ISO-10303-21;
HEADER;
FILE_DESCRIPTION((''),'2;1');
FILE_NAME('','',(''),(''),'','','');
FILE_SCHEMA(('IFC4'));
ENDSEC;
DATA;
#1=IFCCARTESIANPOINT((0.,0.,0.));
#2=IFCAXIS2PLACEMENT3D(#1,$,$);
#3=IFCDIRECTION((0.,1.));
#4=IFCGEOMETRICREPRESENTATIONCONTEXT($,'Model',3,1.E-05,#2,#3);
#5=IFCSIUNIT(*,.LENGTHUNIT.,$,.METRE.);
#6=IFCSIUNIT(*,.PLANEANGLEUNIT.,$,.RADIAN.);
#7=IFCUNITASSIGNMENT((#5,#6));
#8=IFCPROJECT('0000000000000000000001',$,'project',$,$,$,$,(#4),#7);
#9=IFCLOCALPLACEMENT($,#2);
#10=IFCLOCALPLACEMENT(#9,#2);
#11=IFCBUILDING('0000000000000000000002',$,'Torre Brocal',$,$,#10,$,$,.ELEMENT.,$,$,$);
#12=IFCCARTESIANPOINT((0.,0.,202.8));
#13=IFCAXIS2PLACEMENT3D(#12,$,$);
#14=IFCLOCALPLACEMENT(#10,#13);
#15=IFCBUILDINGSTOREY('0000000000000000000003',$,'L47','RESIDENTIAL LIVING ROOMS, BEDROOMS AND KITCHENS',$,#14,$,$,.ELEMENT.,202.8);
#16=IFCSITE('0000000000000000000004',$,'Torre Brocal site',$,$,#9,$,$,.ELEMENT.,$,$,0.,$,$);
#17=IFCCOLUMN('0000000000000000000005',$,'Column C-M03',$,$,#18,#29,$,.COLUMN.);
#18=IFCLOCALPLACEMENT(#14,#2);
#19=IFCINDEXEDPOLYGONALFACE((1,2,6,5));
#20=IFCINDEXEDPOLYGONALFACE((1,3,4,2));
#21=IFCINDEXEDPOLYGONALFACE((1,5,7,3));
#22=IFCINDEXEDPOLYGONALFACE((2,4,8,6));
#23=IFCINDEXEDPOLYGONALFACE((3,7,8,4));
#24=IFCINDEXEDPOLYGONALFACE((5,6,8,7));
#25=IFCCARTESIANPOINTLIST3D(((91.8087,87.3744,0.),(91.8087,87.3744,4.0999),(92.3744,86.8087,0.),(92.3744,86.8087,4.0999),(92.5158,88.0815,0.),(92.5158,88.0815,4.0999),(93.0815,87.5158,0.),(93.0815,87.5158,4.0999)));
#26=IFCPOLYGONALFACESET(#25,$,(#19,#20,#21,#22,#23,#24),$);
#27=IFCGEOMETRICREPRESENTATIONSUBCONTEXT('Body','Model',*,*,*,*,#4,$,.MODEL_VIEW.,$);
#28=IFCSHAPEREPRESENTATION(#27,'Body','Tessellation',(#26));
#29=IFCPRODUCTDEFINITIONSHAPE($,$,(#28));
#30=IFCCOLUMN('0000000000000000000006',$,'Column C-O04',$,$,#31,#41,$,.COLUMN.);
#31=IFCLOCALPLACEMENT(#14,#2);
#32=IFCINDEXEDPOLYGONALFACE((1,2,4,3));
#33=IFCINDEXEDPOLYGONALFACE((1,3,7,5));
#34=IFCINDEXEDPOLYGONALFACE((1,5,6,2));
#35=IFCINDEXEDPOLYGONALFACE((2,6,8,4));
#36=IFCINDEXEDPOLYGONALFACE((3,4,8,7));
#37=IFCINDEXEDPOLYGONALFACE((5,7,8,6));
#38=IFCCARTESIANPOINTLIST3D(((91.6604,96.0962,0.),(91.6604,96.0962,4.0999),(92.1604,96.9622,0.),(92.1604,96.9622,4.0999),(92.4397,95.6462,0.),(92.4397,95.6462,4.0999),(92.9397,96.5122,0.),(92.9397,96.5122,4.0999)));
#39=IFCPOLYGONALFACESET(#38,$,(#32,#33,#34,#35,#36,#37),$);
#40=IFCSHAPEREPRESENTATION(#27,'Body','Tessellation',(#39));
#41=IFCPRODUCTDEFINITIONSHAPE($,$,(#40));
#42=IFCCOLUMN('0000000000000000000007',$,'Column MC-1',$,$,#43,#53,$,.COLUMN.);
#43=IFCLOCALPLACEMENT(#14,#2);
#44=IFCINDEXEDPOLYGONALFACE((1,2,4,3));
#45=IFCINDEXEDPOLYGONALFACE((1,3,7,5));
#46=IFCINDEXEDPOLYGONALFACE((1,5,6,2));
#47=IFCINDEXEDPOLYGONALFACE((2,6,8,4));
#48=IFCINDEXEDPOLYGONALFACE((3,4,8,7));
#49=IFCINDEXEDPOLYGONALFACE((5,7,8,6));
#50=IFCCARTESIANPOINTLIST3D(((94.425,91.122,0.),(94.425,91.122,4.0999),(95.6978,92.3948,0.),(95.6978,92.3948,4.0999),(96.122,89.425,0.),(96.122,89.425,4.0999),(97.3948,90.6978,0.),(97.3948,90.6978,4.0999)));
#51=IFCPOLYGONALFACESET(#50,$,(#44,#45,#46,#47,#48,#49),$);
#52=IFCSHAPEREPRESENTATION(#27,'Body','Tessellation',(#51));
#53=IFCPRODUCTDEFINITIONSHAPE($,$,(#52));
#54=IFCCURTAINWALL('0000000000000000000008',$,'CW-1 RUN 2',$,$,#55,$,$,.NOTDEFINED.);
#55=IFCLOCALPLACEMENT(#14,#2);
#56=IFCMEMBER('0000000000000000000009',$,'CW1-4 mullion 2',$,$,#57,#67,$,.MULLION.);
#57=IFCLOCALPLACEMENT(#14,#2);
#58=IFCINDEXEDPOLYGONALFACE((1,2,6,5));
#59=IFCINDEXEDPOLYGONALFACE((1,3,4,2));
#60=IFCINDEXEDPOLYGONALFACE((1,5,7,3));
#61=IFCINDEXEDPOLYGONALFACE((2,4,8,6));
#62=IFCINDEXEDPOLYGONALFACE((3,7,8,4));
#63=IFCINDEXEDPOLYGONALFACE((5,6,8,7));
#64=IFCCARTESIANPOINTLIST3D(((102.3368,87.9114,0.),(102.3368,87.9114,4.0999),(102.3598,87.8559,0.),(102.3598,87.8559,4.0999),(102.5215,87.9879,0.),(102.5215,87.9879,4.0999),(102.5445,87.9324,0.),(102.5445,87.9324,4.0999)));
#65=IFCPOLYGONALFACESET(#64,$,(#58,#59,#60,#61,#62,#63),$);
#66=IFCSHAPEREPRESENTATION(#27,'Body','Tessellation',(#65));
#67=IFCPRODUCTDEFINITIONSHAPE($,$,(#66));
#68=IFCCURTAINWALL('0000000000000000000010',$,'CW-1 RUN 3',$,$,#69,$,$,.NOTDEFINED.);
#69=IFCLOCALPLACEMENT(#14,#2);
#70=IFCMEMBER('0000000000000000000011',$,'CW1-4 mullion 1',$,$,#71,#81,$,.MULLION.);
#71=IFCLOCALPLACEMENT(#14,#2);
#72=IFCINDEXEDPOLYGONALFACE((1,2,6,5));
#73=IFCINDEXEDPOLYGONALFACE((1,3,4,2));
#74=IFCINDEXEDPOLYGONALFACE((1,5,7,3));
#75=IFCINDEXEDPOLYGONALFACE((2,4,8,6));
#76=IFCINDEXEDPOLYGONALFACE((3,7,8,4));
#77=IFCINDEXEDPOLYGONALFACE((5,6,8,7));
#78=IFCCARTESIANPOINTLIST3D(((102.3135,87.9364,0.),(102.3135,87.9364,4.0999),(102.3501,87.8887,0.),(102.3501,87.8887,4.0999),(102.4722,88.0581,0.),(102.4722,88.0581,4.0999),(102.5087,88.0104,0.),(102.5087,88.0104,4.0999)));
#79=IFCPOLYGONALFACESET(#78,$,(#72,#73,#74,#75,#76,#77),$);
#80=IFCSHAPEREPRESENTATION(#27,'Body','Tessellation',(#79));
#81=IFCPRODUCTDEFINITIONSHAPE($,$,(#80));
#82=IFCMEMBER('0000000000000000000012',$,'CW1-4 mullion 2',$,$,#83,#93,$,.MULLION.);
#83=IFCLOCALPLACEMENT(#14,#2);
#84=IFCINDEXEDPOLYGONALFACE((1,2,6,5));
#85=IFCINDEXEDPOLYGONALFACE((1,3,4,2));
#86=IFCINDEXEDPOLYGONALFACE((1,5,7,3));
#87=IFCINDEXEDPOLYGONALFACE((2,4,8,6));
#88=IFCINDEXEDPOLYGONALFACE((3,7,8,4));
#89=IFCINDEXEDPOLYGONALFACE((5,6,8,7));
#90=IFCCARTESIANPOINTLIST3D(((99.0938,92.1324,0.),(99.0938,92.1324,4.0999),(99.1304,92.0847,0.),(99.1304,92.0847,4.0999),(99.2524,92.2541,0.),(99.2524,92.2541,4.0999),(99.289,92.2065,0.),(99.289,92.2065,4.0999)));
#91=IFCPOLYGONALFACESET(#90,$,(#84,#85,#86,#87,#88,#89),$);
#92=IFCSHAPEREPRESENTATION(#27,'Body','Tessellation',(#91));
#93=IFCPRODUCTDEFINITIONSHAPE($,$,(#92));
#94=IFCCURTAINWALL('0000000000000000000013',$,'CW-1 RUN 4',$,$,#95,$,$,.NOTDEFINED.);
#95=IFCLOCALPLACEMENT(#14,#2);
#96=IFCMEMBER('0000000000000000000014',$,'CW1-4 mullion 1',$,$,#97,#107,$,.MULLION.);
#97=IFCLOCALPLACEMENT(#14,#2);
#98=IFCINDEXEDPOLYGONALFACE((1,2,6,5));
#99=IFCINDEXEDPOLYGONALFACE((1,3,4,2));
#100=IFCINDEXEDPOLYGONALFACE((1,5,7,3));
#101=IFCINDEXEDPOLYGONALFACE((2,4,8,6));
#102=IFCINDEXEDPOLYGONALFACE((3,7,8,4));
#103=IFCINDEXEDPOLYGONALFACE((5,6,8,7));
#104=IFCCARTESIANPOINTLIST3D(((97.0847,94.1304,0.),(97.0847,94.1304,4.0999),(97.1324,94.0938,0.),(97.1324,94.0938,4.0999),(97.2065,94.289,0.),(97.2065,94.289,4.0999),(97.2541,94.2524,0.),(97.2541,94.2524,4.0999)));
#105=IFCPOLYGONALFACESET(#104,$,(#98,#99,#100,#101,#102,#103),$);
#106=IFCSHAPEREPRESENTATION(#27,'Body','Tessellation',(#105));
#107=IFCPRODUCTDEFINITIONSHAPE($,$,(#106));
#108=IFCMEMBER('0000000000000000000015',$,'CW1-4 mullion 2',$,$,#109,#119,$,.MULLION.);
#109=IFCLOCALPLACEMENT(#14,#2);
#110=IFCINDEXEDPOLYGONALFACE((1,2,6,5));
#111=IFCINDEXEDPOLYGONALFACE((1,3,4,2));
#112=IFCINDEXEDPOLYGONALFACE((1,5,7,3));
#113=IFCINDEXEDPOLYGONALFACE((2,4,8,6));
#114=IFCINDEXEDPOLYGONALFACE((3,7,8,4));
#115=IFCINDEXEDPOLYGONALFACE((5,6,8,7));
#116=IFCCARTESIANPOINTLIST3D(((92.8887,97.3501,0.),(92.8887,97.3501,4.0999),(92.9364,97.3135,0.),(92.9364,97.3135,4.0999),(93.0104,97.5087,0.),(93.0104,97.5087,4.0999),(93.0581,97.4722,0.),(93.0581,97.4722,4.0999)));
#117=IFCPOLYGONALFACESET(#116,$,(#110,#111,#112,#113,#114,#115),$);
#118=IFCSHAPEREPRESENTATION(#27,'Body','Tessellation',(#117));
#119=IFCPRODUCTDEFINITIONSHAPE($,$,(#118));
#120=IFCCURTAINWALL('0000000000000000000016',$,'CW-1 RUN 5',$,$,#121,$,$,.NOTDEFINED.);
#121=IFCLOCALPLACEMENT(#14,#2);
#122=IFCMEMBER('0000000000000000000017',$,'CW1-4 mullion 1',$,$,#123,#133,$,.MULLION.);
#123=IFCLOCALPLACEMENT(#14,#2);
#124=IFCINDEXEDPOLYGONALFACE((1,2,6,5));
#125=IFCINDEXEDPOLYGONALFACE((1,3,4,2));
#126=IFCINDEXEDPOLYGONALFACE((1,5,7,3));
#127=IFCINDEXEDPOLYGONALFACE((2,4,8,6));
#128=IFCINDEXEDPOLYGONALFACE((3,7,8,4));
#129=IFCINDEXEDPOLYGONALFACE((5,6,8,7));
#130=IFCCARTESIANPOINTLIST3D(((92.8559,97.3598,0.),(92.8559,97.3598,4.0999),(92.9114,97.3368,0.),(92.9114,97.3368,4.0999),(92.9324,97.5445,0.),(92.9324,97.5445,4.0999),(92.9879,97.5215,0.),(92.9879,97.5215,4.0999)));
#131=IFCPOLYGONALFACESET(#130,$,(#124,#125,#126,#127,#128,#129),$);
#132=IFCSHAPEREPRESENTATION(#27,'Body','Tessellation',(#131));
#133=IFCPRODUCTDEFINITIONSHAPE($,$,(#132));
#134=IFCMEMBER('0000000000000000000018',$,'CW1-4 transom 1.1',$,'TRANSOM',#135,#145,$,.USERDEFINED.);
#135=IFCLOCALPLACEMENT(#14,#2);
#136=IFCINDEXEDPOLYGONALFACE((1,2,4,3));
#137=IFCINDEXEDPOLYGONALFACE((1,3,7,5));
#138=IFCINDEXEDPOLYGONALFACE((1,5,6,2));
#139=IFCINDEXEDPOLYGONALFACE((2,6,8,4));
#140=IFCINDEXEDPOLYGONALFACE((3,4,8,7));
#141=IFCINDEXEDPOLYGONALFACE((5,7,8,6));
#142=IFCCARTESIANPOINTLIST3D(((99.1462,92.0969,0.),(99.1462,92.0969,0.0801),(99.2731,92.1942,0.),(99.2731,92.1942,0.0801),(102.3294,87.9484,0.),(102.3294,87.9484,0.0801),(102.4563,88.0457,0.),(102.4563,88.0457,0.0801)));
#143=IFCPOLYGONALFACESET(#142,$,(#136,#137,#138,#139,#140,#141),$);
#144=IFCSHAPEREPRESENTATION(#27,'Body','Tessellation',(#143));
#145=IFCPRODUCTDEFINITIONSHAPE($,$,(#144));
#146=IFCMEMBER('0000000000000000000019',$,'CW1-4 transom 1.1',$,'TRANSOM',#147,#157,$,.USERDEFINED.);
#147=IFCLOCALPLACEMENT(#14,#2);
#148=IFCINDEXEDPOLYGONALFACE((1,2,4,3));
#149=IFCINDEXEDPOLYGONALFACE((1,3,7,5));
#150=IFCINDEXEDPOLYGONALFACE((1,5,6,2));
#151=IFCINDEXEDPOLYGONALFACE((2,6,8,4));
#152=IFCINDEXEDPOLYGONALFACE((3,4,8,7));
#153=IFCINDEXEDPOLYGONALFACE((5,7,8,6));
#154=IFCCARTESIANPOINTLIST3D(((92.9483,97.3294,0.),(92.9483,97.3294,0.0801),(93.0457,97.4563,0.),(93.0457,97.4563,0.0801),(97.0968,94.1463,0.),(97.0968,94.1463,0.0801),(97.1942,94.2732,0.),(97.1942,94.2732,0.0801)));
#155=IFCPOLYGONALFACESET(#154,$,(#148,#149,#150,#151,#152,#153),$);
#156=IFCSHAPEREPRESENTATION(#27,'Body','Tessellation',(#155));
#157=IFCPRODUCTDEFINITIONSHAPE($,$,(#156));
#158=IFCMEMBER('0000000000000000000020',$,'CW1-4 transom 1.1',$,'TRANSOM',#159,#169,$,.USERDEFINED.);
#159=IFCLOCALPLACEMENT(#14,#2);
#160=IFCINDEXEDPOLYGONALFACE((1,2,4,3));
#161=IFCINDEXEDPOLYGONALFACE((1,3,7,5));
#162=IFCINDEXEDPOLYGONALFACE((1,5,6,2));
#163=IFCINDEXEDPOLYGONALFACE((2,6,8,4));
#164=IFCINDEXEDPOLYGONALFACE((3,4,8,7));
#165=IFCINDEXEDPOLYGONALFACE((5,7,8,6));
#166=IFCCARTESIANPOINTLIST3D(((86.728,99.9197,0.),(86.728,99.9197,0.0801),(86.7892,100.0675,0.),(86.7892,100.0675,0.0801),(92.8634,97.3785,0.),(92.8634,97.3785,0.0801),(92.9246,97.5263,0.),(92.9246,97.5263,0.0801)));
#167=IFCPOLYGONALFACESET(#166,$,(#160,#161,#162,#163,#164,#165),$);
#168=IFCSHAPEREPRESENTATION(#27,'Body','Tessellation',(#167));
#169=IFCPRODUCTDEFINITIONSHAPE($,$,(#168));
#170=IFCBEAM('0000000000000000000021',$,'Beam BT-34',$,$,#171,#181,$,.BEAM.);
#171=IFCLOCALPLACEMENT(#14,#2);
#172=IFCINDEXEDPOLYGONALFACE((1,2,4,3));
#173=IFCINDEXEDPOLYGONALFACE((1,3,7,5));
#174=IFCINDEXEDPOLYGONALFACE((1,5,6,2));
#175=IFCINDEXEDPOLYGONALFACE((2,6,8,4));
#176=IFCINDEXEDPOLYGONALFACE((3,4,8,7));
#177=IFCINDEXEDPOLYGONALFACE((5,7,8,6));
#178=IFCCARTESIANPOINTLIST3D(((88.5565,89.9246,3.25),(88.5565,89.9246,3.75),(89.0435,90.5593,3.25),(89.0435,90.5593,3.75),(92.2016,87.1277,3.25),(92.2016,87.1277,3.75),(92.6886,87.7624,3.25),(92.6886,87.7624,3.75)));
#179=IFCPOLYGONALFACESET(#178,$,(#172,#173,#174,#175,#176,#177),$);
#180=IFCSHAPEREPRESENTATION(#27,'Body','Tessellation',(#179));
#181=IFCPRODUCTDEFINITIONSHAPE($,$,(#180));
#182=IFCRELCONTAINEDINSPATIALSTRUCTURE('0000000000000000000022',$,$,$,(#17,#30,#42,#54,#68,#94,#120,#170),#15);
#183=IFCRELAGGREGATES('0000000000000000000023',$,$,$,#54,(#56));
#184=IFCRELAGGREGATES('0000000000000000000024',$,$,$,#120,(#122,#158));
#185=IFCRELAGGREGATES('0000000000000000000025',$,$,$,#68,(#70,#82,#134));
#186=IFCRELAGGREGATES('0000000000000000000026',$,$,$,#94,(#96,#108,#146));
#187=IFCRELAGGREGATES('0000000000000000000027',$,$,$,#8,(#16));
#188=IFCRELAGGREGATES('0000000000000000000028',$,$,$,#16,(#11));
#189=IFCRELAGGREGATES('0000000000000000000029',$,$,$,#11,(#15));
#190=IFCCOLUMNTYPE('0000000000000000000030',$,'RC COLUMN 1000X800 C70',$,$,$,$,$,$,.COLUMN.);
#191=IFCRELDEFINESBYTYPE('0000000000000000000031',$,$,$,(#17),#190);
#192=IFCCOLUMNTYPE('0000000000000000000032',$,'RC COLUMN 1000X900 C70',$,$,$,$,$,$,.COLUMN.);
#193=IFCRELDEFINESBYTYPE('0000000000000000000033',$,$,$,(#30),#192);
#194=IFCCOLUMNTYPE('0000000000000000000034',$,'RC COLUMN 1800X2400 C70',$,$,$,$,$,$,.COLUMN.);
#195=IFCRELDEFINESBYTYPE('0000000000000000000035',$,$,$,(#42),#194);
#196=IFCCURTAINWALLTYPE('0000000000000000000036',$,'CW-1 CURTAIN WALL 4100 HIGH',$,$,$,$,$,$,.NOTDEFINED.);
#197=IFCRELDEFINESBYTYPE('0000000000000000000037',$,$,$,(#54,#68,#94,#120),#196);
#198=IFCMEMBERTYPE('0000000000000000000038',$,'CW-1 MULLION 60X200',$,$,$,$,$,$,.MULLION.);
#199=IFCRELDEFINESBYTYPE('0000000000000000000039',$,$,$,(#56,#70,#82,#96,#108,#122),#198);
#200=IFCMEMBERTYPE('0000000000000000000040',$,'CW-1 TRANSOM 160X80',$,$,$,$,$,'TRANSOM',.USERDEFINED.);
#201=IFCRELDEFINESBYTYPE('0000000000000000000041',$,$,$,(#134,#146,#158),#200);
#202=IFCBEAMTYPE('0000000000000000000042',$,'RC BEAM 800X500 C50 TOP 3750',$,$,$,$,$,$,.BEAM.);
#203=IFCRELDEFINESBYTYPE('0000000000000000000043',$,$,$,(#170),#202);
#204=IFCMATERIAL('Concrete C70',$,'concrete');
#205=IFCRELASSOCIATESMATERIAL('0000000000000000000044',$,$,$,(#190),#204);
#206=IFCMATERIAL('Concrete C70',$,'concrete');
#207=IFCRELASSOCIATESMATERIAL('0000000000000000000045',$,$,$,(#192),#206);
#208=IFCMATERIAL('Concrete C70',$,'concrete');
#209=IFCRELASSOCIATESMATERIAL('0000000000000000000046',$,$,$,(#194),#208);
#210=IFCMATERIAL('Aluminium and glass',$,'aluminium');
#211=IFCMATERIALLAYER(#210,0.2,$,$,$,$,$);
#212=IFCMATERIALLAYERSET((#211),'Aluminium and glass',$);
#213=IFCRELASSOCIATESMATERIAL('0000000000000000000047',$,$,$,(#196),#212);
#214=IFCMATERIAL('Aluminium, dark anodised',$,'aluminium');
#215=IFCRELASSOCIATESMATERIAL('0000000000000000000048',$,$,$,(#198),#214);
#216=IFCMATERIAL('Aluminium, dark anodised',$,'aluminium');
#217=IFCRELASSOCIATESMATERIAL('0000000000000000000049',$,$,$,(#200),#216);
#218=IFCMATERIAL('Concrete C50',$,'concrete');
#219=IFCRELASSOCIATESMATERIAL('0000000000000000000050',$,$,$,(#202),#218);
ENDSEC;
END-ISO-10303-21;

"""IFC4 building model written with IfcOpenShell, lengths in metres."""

from ifc_helpers import new_model, si_unit, direction, frame, origin, origin_2d, place, context, subcontext, project, spatial, rectangle, extrude, material, layer, layer_set, material_profile, profile_set, type_object, element, aggregate, save


model = new_model("IFC4")

# Units and contexts
model_context = context("Model", 3, precision=1e-05, world=origin(), true_north=direction((0.0, 1.0)))
body_context = subcontext(model_context, "Body", "Model", "MODEL_VIEW")
ifc_project = project(units=[si_unit("LENGTHUNIT", "METRE"), si_unit("PLANEANGLEUNIT", "RADIAN")], contexts=[model_context])

# Site, building, storey
site_placement = place(None, origin())
site = spatial("IfcSite", under=ifc_project, at=site_placement, Name="Torre Brocal site", CompositionType="ELEMENT", RefElevation=0.0)
building_placement = place(site_placement, origin())
building = spatial("IfcBuilding", under=site, at=building_placement, Name="Torre Brocal", CompositionType="ELEMENT")
storey_placement = place(building_placement, frame((0.0, 0.0, 202.8)))
storey = spatial("IfcBuildingStorey", under=building, at=storey_placement, Name="L47", Description="RESIDENTIAL LIVING ROOMS, BEDROOMS AND KITCHENS", CompositionType="ELEMENT", Elevation=202.8)

# Columns
ifc_material_1 = material(Name="Concrete C70", Category="concrete")
ifc_material_profile_1 = material_profile(ifc_material_1, rectangle(XDim=1.0, YDim=0.8, at=origin_2d()), Name="RC 1000X800")
ifc_profile_set_1 = profile_set([ifc_material_profile_1], Name="Concrete C70")
column_type_1 = type_object("IfcColumnType", Name="RC COLUMN 1000X800 C70", PredefinedType="COLUMN", material=ifc_profile_set_1)
column_1_placement = place(storey_placement, frame((92.4451, 87.4451, 0.0), z_axis=(0.0, 0.0, 1.0), x_axis=(0.707107, 0.707107, 0.0)))
element("IfcColumn", 1, at=column_1_placement, inside=storey, type_object=column_type_1, Name="Column C-M03", PredefinedType="COLUMN", context=body_context, shape_type="SweptSolid", body=[
    extrude(rectangle(XDim=1.0, YDim=0.8, at=origin_2d()), origin(), (0.0, 0.0, 1.0), 4.0999),
])
ifc_material_2 = material(Name="Concrete C70", Category="concrete")
ifc_material_profile_2 = material_profile(ifc_material_2, rectangle(XDim=1.0, YDim=0.8999, at=origin_2d()), Name="RC 1000X900")
ifc_profile_set_2 = profile_set([ifc_material_profile_2], Name="Concrete C70")
column_type_2 = type_object("IfcColumnType", Name="RC COLUMN 1000X900 C70", PredefinedType="COLUMN", material=ifc_profile_set_2)
column_2_placement = place(storey_placement, frame((92.3, 96.3042, 0.0), z_axis=(0.0, 0.0, 1.0), x_axis=(0.5, 0.866025, 0.0)))
element("IfcColumn", 2, at=column_2_placement, inside=storey, type_object=column_type_2, Name="Column C-O04", PredefinedType="COLUMN", context=body_context, shape_type="SweptSolid", body=[
    extrude(rectangle(XDim=1.0, YDim=0.8999, at=origin_2d()), origin(), (0.0, 0.0, 1.0), 4.0999),
])
ifc_material_3 = material(Name="Concrete C70", Category="concrete")
ifc_material_profile_3 = material_profile(ifc_material_3, rectangle(XDim=1.8, YDim=2.3999, at=origin_2d()), Name="RC 1800X2400")
ifc_profile_set_3 = profile_set([ifc_material_profile_3], Name="Concrete C70")
column_type_3 = type_object("IfcColumnType", Name="RC COLUMN 1800X2400 C70", PredefinedType="COLUMN", material=ifc_profile_set_3)
column_3_placement = place(storey_placement, frame((95.9099, 90.9099, 0.0), z_axis=(0.0, 0.0, 1.0), x_axis=(0.707107, 0.707107, 0.0)))
element("IfcColumn", 3, at=column_3_placement, inside=storey, type_object=column_type_3, Name="Column MC-1", PredefinedType="COLUMN", context=body_context, shape_type="SweptSolid", body=[
    extrude(rectangle(XDim=1.8, YDim=2.3999, at=origin_2d()), origin(), (0.0, 0.0, 1.0), 4.0999),
])

# Curtain wall, member
ifc_material_4 = material(Name="Aluminium and glass", Category="aluminium")
ifc_layer_1 = layer(ifc_material_4, 0.2)
ifc_layer_set_1 = layer_set([ifc_layer_1], Name="Aluminium and glass")
curtain_wall_type = type_object("IfcCurtainWallType", Name="CW-1 CURTAIN WALL 4100 HIGH", PredefinedType="NOTDEFINED", material=ifc_layer_set_1)
curtain_wall_1_placement = place(storey_placement, origin())
curtain_wall_1 = element("IfcCurtainWall", 4, at=curtain_wall_1_placement, inside=storey, type_object=curtain_wall_type, Name="CW-1 RUN 2", PredefinedType="NOTDEFINED")
ifc_material_5 = material(Name="Aluminium, dark anodised", Category="aluminium")
ifc_material_profile_4 = material_profile(ifc_material_5, rectangle(XDim=0.2, YDim=0.0601, at=origin_2d()), Name="CW-1 MULLION 60X200")
ifc_profile_set_4 = profile_set([ifc_material_profile_4], Name="Aluminium, dark anodised")
member_type_1 = type_object("IfcMemberType", Name="CW-1 MULLION 60X200", PredefinedType="MULLION", material=ifc_profile_set_4)
member_1_placement = place(storey_placement, frame((102.4407, 87.9219, 0.0), z_axis=(0.0, 0.0, 1.0), x_axis=(-0.92388, -0.382683, 0.0)))
member_1 = element("IfcMember", 5, at=member_1_placement, type_object=member_type_1, Name="CW1-4 mullion 2", PredefinedType="MULLION", context=body_context, shape_type="SweptSolid", body=[
    extrude(rectangle(XDim=0.2, YDim=0.0601, at=origin_2d()), origin(), (0.0, 0.0, 1.0), 4.0999),
])
aggregate(curtain_wall_1, [member_1])

# Curtain walls, members
curtain_wall_2_placement = place(storey_placement, origin())
curtain_wall_2 = element("IfcCurtainWall", 6, at=curtain_wall_2_placement, inside=storey, type_object=curtain_wall_type, Name="CW-1 RUN 3", PredefinedType="NOTDEFINED")
member_2_placement = place(storey_placement, frame((102.4111, 87.9734, 0.0), z_axis=(0.0, 0.0, 1.0), x_axis=(-0.793353, -0.608761, 0.0)))
member_2 = element("IfcMember", 7, at=member_2_placement, type_object=member_type_1, Name="CW1-4 mullion 1", PredefinedType="MULLION", context=body_context, shape_type="SweptSolid", body=[
    extrude(rectangle(XDim=0.2, YDim=0.0601, at=origin_2d()), origin(), (0.0, 0.0, 1.0), 4.0999),
])
member_3_placement = place(storey_placement, frame((99.1914, 92.1694, 0.0), z_axis=(0.0, 0.0, 1.0), x_axis=(-0.793353, -0.608761, 0.0)))
member_3 = element("IfcMember", 8, at=member_3_placement, type_object=member_type_1, Name="CW1-4 mullion 2", PredefinedType="MULLION", context=body_context, shape_type="SweptSolid", body=[
    extrude(rectangle(XDim=0.2, YDim=0.0601, at=origin_2d()), origin(), (0.0, 0.0, 1.0), 4.0999),
])
curtain_wall_3_placement = place(storey_placement, origin())
curtain_wall_3 = element("IfcCurtainWall", 9, at=curtain_wall_3_placement, inside=storey, type_object=curtain_wall_type, Name="CW-1 RUN 4", PredefinedType="NOTDEFINED")
member_4_placement = place(storey_placement, frame((97.1694, 94.1914, 0.0), z_axis=(0.0, 0.0, 1.0), x_axis=(-0.608761, -0.793353, 0.0)))
member_4 = element("IfcMember", 10, at=member_4_placement, type_object=member_type_1, Name="CW1-4 mullion 1", PredefinedType="MULLION", context=body_context, shape_type="SweptSolid", body=[
    extrude(rectangle(XDim=0.2, YDim=0.0601, at=origin_2d()), origin(), (0.0, 0.0, 1.0), 4.0999),
])
member_5_placement = place(storey_placement, frame((92.9734, 97.4111, 0.0), z_axis=(0.0, 0.0, 1.0), x_axis=(-0.608761, -0.793353, 0.0)))
member_5 = element("IfcMember", 11, at=member_5_placement, type_object=member_type_1, Name="CW1-4 mullion 2", PredefinedType="MULLION", context=body_context, shape_type="SweptSolid", body=[
    extrude(rectangle(XDim=0.2, YDim=0.0601, at=origin_2d()), origin(), (0.0, 0.0, 1.0), 4.0999),
])

# Curtain wall, member
curtain_wall_4_placement = place(storey_placement, origin())
curtain_wall_4 = element("IfcCurtainWall", 12, at=curtain_wall_4_placement, inside=storey, type_object=curtain_wall_type, Name="CW-1 RUN 5", PredefinedType="NOTDEFINED")
member_6_placement = place(storey_placement, frame((92.9219, 97.4407, 0.0), z_axis=(0.0, 0.0, 1.0), x_axis=(-0.382683, -0.92388, 0.0)))
member_6 = element("IfcMember", 13, at=member_6_placement, type_object=member_type_1, Name="CW1-4 mullion 1", PredefinedType="MULLION", context=body_context, shape_type="SweptSolid", body=[
    extrude(rectangle(XDim=0.2, YDim=0.0601, at=origin_2d()), origin(), (0.0, 0.0, 1.0), 4.0999),
])

# Members
ifc_material_6 = material(Name="Aluminium, dark anodised", Category="aluminium")
ifc_material_profile_5 = material_profile(ifc_material_6, rectangle(XDim=0.1599, YDim=0.0801, at=origin_2d()), Name="CW-1 TRANSOM 160X80")
ifc_profile_set_5 = profile_set([ifc_material_profile_5], Name="Aluminium, dark anodised")
member_type_2 = type_object("IfcMemberType", Name="CW-1 TRANSOM 160X80", ElementType="TRANSOM", PredefinedType="USERDEFINED", material=ifc_profile_set_5)
member_7_placement = place(storey_placement, frame((102.3928, 87.9971, 0.04), z_axis=(-0.608749, 0.793363, 0.0), x_axis=(-0.793363, -0.608749, 0.0)))
member_7 = element("IfcMember", 14, at=member_7_placement, type_object=member_type_2, Name="CW1-4 transom 1.1", ObjectType="TRANSOM", PredefinedType="USERDEFINED", context=body_context, shape_type="SweptSolid", body=[
    extrude(rectangle(XDim=0.1599, YDim=0.0801, at=origin_2d()), origin(), (0.0, 0.0, 1.0), 5.229),
])
member_8_placement = place(storey_placement, frame((97.1455, 94.2097, 0.04), z_axis=(-0.793363, 0.608749, 0.0), x_axis=(-0.608749, -0.793363, 0.0)))
member_8 = element("IfcMember", 15, at=member_8_placement, type_object=member_type_2, Name="CW1-4 transom 1.1", ObjectType="TRANSOM", PredefinedType="USERDEFINED", context=body_context, shape_type="SweptSolid", body=[
    extrude(rectangle(XDim=0.1599, YDim=0.0801, at=origin_2d()), origin(), (0.0, 0.0, 1.0), 5.229),
])
member_9_placement = place(storey_placement, frame((92.894, 97.4524, 0.04), z_axis=(-0.923887, 0.382665, 0.0), x_axis=(-0.382665, -0.923887, 0.0)))
member_9 = element("IfcMember", 16, at=member_9_placement, type_object=member_type_2, Name="CW1-4 transom 1.1", ObjectType="TRANSOM", PredefinedType="USERDEFINED", context=body_context, shape_type="SweptSolid", body=[
    extrude(rectangle(XDim=0.1599, YDim=0.0801, at=origin_2d()), origin(), (0.0, 0.0, 1.0), 6.6409),
])
aggregate(curtain_wall_4, [member_6, member_9])

# Beam
ifc_material_7 = material(Name="Concrete C50", Category="concrete")
ifc_material_profile_6 = material_profile(ifc_material_7, rectangle(XDim=0.8, YDim=0.5, at=origin_2d()), Name="RC 800X500")
ifc_profile_set_6 = profile_set([ifc_material_profile_6], Name="Concrete C50")
beam_type_1 = type_object("IfcBeamType", Name="RC BEAM 800X500 C50 TOP 3750", PredefinedType="BEAM", material=ifc_profile_set_6)
beam_1_placement = place(storey_placement, frame((92.4451, 87.4451, 3.5), z_axis=(-0.793358, 0.608755, 0.0), x_axis=(-0.608755, -0.793358, 0.0)))
element("IfcBeam", 17, at=beam_1_placement, inside=storey, type_object=beam_type_1, Name="Beam BT-34", PredefinedType="BEAM", context=body_context, shape_type="SweptSolid", body=[
    extrude(rectangle(XDim=0.8, YDim=0.5, at=origin_2d()), origin(), (0.0, 0.0, 1.0), 4.5945),
])

aggregate(curtain_wall_2, [member_2, member_3, member_7])
aggregate(curtain_wall_3, [member_4, member_5, member_8])

save(model, "model.ifc")
